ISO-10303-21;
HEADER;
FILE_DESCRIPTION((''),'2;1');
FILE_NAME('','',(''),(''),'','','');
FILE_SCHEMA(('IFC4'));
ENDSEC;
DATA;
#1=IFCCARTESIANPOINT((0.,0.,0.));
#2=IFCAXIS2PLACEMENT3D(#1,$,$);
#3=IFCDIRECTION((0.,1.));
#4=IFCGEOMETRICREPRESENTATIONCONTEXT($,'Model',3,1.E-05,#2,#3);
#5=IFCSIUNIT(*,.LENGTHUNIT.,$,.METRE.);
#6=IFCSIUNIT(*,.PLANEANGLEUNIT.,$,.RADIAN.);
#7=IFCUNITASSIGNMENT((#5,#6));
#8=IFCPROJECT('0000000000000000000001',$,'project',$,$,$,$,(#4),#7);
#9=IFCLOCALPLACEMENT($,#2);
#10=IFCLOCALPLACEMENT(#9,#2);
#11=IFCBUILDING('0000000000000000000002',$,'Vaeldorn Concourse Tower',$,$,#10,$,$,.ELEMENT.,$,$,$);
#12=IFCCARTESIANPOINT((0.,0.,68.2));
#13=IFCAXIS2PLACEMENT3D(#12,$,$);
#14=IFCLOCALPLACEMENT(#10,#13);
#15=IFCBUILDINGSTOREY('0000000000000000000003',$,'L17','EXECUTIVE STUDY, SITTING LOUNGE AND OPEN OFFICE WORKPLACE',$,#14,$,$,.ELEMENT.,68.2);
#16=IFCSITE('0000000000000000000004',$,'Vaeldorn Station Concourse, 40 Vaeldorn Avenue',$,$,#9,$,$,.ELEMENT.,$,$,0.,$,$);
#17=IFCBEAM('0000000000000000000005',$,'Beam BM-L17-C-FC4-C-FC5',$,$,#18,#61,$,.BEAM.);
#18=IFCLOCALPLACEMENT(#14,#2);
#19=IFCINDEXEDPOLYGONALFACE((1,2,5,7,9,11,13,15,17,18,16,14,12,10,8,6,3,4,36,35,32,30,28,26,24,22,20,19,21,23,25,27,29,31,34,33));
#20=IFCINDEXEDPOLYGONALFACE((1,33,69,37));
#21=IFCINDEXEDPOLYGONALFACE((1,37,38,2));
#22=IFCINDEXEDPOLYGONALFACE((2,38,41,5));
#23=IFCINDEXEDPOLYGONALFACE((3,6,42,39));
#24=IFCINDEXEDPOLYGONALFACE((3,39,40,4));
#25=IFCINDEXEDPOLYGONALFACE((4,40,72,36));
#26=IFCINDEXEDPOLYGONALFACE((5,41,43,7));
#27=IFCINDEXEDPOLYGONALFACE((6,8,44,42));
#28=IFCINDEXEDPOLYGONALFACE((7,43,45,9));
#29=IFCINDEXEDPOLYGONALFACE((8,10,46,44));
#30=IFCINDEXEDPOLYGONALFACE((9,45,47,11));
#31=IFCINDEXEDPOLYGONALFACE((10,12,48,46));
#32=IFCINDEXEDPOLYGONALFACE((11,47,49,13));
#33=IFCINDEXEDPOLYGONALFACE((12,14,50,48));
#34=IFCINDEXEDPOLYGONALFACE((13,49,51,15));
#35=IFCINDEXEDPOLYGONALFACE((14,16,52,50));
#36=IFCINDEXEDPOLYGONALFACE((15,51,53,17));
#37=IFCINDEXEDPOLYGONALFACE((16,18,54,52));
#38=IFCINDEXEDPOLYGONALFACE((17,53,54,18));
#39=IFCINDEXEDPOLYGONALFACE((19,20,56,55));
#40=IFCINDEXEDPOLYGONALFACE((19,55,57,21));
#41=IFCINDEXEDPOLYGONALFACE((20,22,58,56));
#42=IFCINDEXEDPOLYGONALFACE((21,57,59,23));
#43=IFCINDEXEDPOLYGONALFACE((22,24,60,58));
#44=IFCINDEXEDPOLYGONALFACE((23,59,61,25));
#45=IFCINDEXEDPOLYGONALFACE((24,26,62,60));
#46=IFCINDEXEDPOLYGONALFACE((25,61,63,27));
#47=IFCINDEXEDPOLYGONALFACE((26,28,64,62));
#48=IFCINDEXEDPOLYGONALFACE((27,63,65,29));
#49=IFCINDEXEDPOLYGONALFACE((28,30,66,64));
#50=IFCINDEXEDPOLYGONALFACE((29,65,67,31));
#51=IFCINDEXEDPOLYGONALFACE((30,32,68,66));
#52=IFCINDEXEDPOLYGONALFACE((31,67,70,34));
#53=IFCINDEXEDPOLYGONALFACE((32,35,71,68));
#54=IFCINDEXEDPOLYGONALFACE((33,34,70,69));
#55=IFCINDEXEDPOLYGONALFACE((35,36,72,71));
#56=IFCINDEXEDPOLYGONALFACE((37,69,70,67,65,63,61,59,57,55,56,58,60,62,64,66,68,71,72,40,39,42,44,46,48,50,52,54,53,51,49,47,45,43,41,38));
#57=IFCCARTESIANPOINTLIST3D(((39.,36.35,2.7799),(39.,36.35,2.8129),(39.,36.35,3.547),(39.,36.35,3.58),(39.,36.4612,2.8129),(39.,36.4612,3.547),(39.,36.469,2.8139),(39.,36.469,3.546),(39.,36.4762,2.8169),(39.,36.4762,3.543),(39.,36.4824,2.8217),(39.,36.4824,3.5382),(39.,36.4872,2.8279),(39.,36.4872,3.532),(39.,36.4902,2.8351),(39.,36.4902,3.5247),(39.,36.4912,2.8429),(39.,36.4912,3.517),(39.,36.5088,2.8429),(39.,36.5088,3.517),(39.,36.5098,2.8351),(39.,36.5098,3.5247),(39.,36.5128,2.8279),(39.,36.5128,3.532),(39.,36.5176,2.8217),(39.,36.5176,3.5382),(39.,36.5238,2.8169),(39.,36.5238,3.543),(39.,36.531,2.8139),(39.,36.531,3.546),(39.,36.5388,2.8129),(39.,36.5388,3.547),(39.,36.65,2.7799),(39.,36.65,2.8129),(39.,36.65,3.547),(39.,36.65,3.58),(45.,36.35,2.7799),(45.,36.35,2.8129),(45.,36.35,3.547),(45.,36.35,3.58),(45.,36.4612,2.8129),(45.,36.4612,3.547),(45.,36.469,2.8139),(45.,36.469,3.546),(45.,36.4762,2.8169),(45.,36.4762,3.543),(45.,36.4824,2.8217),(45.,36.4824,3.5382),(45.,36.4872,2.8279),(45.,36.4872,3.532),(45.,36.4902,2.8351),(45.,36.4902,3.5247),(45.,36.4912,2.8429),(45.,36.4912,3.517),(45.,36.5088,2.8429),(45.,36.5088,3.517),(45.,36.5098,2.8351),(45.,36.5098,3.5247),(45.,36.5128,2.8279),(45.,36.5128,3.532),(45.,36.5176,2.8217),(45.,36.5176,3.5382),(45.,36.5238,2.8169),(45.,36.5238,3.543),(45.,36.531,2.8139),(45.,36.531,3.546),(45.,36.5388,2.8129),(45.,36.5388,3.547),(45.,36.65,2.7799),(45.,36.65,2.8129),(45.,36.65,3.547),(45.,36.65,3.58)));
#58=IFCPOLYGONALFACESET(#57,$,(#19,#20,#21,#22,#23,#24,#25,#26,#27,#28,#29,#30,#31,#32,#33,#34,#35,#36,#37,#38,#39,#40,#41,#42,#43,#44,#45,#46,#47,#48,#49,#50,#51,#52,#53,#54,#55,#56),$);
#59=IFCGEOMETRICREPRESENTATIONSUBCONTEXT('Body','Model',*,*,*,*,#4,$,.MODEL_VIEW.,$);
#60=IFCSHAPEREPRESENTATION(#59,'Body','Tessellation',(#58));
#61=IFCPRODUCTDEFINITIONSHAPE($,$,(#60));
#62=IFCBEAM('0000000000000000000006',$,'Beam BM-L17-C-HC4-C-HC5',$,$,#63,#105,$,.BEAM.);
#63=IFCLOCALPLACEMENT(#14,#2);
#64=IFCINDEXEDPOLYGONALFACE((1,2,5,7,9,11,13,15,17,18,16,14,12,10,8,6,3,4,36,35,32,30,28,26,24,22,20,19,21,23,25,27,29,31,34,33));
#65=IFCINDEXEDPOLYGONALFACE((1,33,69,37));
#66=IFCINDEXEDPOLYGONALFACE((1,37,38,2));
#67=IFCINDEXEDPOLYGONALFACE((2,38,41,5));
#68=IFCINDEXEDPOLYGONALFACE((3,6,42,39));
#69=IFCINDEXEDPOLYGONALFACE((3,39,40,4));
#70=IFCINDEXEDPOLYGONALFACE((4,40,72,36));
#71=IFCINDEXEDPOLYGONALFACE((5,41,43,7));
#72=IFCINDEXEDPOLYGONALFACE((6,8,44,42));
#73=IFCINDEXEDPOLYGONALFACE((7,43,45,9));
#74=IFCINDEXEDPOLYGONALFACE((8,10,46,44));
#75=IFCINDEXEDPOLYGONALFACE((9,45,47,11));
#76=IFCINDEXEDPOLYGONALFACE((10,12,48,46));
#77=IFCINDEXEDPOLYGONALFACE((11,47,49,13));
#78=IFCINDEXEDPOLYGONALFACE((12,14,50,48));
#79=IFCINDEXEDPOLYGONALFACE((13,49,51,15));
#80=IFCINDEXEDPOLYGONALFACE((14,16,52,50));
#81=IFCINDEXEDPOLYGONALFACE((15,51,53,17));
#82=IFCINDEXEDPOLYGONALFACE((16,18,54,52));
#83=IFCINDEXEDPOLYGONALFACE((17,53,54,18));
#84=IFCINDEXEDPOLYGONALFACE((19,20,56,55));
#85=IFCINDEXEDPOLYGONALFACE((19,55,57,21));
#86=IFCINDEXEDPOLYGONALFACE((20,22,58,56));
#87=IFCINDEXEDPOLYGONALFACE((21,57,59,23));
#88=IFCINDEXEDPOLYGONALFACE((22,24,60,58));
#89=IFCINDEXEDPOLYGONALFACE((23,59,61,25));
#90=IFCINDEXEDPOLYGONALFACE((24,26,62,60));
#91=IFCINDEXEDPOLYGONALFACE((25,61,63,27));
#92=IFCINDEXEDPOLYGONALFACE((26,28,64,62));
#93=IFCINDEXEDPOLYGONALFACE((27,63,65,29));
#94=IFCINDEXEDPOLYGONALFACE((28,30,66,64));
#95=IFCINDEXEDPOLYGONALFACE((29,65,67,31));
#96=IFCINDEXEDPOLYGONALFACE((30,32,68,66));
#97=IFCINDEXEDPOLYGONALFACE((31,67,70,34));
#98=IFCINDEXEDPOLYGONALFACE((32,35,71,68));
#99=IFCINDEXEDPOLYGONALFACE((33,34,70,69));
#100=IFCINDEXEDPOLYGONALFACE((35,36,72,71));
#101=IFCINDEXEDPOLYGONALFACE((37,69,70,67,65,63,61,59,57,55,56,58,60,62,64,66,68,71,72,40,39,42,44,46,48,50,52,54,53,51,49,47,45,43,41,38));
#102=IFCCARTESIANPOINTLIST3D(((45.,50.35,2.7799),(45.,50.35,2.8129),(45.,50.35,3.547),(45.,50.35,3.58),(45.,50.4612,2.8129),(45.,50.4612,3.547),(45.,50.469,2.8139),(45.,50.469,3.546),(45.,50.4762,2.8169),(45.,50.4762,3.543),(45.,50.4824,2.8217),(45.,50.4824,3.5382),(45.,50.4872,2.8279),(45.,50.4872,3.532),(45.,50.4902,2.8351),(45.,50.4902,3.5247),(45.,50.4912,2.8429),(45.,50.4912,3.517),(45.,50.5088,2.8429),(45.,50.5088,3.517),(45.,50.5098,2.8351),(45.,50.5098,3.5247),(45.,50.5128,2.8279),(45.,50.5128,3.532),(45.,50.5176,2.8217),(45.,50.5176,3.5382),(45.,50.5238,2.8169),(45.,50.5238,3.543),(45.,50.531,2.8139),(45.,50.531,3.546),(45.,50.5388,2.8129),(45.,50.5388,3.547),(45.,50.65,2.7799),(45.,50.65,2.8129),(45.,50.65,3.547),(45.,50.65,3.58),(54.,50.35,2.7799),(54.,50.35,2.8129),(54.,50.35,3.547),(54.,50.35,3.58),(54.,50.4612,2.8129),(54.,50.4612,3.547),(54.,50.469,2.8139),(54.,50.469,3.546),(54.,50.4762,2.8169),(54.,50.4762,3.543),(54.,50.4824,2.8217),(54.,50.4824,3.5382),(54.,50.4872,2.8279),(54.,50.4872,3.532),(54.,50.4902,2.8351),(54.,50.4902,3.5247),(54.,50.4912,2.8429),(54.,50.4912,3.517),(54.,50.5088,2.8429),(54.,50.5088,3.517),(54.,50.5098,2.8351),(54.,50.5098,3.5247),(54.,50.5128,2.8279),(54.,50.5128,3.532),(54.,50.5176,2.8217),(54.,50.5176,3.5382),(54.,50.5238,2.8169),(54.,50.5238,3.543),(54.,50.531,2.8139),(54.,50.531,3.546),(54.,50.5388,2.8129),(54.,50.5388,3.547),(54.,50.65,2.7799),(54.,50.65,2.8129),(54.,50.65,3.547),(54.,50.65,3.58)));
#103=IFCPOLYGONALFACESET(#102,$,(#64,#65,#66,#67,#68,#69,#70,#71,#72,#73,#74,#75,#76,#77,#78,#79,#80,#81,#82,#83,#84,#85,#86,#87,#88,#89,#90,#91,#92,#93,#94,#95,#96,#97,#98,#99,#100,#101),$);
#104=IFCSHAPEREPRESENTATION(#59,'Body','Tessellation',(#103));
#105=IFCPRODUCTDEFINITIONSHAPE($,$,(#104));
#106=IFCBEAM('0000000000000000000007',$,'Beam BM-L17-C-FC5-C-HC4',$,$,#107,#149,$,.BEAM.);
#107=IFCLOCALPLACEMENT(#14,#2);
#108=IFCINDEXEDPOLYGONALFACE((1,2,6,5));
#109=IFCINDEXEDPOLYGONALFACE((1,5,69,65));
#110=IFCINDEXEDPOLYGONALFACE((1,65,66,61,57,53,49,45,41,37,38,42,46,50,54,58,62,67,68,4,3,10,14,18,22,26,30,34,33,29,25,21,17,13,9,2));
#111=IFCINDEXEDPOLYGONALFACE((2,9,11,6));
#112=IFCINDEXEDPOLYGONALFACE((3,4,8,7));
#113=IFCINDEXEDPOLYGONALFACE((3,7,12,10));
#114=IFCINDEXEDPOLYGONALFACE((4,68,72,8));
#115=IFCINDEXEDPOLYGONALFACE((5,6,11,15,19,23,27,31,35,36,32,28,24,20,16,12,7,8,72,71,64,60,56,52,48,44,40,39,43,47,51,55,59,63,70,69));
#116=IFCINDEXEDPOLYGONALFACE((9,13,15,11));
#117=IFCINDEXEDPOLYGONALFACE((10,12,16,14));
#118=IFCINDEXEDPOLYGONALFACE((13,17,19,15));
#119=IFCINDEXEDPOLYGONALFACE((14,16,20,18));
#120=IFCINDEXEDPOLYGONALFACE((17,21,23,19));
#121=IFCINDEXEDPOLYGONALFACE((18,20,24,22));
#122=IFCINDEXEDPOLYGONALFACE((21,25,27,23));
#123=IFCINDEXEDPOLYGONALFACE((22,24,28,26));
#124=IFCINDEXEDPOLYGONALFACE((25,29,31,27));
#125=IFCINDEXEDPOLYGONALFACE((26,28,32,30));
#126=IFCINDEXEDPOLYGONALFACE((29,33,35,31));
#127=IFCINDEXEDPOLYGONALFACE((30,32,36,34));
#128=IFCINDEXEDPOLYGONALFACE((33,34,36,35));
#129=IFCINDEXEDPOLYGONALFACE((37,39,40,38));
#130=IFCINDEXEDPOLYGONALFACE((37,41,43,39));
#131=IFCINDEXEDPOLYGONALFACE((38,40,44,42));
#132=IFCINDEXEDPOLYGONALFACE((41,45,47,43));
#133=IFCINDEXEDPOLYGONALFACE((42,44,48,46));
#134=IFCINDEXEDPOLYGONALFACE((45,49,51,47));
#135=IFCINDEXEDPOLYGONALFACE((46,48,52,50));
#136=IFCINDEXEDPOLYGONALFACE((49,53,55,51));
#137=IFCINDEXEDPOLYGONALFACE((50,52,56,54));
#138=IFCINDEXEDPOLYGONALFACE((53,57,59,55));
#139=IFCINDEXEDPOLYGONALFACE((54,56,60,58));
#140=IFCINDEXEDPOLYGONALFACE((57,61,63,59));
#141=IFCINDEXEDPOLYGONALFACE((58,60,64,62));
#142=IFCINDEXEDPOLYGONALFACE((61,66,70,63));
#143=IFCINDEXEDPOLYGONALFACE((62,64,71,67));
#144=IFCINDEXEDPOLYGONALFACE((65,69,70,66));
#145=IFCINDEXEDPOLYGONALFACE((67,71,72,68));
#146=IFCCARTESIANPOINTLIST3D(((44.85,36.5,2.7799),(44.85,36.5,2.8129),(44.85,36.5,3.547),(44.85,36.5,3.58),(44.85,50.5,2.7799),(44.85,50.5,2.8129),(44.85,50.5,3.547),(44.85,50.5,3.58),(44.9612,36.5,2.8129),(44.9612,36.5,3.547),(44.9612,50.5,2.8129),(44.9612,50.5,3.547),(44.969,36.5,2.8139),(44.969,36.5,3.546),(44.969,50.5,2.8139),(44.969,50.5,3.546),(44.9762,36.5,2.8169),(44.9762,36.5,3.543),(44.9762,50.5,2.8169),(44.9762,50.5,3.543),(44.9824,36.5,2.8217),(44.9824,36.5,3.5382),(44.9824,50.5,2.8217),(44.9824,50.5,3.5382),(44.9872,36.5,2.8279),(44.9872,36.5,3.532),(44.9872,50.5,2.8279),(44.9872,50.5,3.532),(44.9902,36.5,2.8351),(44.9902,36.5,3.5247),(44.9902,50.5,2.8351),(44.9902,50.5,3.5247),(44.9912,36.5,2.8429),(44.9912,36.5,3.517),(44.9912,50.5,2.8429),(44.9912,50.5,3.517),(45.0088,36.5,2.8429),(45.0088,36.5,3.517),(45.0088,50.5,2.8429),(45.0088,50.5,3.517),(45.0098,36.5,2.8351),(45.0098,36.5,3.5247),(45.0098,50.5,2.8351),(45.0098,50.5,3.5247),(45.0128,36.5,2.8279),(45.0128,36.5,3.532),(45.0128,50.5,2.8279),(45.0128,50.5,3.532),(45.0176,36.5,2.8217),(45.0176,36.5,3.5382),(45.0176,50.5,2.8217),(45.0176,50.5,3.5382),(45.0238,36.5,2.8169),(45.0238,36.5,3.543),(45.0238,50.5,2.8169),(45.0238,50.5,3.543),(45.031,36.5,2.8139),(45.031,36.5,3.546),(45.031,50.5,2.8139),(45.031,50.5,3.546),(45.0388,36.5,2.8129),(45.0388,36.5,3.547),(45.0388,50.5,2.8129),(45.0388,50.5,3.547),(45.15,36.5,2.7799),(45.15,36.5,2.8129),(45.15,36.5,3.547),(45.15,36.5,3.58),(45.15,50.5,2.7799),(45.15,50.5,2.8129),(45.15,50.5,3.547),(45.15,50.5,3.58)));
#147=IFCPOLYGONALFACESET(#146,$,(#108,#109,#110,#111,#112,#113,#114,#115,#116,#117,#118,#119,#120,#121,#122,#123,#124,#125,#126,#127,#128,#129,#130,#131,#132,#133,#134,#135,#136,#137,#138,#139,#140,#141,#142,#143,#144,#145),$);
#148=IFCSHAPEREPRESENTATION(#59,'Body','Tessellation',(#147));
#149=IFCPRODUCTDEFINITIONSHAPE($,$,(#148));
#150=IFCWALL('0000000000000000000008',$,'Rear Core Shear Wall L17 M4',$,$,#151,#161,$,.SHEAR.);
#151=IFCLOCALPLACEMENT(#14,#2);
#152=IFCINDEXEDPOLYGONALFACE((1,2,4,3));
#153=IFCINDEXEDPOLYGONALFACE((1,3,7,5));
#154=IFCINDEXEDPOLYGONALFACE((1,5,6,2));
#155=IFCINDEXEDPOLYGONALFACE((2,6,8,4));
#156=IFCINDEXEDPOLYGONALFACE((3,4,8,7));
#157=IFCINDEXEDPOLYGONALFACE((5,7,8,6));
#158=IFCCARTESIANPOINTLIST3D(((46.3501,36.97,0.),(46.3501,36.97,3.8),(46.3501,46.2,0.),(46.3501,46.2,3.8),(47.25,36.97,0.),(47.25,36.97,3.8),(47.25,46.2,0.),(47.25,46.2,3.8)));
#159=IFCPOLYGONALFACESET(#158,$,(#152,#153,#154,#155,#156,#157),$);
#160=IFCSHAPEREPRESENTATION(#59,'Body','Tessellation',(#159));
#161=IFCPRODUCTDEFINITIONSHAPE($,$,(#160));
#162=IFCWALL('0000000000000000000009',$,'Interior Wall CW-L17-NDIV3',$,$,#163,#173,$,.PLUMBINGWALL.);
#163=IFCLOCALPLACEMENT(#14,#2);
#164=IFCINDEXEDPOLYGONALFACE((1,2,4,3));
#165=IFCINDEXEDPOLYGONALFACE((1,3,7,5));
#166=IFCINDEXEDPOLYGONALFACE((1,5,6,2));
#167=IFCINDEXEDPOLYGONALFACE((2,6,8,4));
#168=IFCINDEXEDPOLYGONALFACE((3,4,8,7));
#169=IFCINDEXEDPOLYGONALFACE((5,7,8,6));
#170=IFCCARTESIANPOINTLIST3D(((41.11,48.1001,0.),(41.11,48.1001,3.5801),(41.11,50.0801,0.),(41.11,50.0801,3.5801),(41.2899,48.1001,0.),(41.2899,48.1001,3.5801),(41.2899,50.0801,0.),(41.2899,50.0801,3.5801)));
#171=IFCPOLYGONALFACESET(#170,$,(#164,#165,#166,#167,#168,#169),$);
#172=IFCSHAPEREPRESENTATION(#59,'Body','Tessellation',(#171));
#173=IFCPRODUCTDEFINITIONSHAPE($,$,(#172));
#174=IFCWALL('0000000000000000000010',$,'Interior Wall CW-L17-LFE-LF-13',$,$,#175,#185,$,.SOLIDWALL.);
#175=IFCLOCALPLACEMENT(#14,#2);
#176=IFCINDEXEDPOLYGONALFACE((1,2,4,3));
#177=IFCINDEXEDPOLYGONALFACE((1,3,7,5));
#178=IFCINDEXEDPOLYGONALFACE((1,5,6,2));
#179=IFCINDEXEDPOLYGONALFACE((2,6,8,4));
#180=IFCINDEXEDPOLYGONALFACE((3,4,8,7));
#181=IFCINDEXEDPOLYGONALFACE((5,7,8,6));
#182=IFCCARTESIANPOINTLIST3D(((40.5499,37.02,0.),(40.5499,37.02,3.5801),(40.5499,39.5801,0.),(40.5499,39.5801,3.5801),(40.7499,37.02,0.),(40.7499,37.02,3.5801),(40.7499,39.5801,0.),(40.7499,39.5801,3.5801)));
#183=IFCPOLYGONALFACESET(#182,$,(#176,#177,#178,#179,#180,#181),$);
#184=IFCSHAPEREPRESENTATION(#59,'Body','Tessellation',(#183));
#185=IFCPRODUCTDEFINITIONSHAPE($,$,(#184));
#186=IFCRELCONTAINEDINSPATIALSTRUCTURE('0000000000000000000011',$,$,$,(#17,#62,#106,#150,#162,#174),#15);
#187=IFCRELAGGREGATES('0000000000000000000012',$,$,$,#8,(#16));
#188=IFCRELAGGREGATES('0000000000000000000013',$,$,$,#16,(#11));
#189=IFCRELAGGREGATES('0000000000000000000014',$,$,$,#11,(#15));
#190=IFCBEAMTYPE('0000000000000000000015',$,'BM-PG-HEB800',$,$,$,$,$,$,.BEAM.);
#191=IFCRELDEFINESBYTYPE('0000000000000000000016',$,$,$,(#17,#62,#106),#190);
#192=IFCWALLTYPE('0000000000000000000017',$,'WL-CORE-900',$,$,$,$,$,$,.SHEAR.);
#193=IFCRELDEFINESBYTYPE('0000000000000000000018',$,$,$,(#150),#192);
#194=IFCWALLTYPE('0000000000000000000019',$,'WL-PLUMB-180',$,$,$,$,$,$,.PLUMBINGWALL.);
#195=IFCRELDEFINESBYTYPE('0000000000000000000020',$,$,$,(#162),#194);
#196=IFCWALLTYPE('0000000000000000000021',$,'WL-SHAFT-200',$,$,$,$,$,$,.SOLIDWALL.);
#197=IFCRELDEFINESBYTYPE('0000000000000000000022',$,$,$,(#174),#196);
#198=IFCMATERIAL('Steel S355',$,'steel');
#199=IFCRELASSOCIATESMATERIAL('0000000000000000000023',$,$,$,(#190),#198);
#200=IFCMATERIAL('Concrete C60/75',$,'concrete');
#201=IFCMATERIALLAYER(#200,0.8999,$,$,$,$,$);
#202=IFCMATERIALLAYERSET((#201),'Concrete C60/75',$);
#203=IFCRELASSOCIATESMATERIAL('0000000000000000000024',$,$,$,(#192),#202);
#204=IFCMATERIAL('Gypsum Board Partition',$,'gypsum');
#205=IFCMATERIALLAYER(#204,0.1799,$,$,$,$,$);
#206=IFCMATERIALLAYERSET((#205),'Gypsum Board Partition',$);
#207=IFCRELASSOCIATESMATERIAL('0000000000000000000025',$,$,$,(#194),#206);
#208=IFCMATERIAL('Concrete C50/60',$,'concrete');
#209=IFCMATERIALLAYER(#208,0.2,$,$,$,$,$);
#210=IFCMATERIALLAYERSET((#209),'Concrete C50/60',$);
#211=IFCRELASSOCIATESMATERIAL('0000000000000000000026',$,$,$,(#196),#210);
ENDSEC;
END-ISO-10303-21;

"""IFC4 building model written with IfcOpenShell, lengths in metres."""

from ifc_helpers import new_model, si_unit, direction, frame, frame_2d, origin, origin_2d, place, context, subcontext, project, spatial, rectangle, i_section, extrude, source, transform, mapped, material, layer, layer_set, material_profile, profile_set, type_object, element, save


model = new_model("IFC4")

# Units and contexts
model_context = context("Model", 3, precision=1e-05, world=origin(), true_north=direction((0.0, 1.0)))
body_context = subcontext(model_context, "Body", "Model", "MODEL_VIEW")
ifc_project = project(units=[si_unit("LENGTHUNIT", "METRE"), si_unit("PLANEANGLEUNIT", "RADIAN")], contexts=[model_context])

# Site, building, storey
site_placement = place(None, origin())
site = spatial("IfcSite", under=ifc_project, at=site_placement, Name="Vaeldorn Station Concourse, 40 Vaeldorn Avenue", CompositionType="ELEMENT", RefElevation=0.0)
building_placement = place(site_placement, origin())
building = spatial("IfcBuilding", under=site, at=building_placement, Name="Vaeldorn Concourse Tower", CompositionType="ELEMENT")
storey_placement = place(building_placement, frame((0.0, 0.0, 68.2)))
storey = spatial("IfcBuildingStorey", under=building, at=storey_placement, Name="L17", Description="EXECUTIVE STUDY, SITTING LOUNGE AND OPEN OFFICE WORKPLACE", CompositionType="ELEMENT", Elevation=68.2)

# Beams
ifc_material_1 = material(Name="Concrete C60/75", Category="concrete")
ifc_material_2 = material(Name="Steel S355", Category="steel")
ifc_material_profile_1 = material_profile(ifc_material_2, i_section(OverallWidth=0.3, OverallDepth=0.8, WebThickness=0.0176, FlangeThickness=0.033, FilletRadius=0.03, at=origin_2d()), Name="HEB 800")
ifc_profile_set_1 = profile_set([ifc_material_profile_1], Name="Steel S355")
beam_type_1 = type_object("IfcBeamType", Name="BM-PG-HEB800", PredefinedType="BEAM", material=ifc_profile_set_1)
shared_shape_1 = source(origin(), body_context, "Body", "SweptSolid", [
    extrude(i_section(OverallWidth=0.3, OverallDepth=0.8, WebThickness=0.0176, FlangeThickness=0.033, FilletRadius=0.03, at=origin_2d()), origin(), (0.0, 0.0, 1.0), 6.0),
])
beam_1_placement = place(storey_placement, frame((39.0, 36.5, 3.1799), z_axis=(1.0, 0.0, 0.0), x_axis=(0.0, 1.0, 0.0)))
element("IfcBeam", 1, at=beam_1_placement, inside=storey, type_object=beam_type_1, Name="Beam BM-L17-C-FC4-C-FC5", PredefinedType="BEAM", context=body_context, shape_type="MappedRepresentation", body=[
    mapped(shared_shape_1, transform((0.0, 0.0, 0.0), scale=1.0)),
])
shared_shape_2 = source(origin(), body_context, "Body", "SweptSolid", [
    extrude(i_section(OverallWidth=0.3, OverallDepth=0.8, WebThickness=0.0176, FlangeThickness=0.033, FilletRadius=0.03, at=origin_2d()), origin(), (0.0, 0.0, 1.0), 9.0),
])
beam_2_placement = place(storey_placement, frame((45.0, 50.5, 3.1799), z_axis=(1.0, 0.0, 0.0), x_axis=(0.0, 1.0, 0.0)))
element("IfcBeam", 2, at=beam_2_placement, inside=storey, type_object=beam_type_1, Name="Beam BM-L17-C-HC4-C-HC5", PredefinedType="BEAM", context=body_context, shape_type="MappedRepresentation", body=[
    mapped(shared_shape_2, transform((0.0, 0.0, 0.0), scale=1.0)),
])
shared_shape_3 = source(origin(), body_context, "Body", "SweptSolid", [
    extrude(i_section(OverallWidth=0.3, OverallDepth=0.8, WebThickness=0.0176, FlangeThickness=0.033, FilletRadius=0.03, at=origin_2d()), origin(), (0.0, 0.0, 1.0), 14.0),
])
beam_3_placement = place(storey_placement, frame((45.0, 36.5, 3.1799), z_axis=(0.0, 1.0, 0.0), x_axis=(-1.0, 0.0, 0.0)))
element("IfcBeam", 3, at=beam_3_placement, inside=storey, type_object=beam_type_1, Name="Beam BM-L17-C-FC5-C-HC4", PredefinedType="BEAM", context=body_context, shape_type="MappedRepresentation", body=[
    mapped(shared_shape_3, transform((0.0, 0.0, 0.0), scale=1.0)),
])

# Walls
ifc_layer_1 = layer(ifc_material_1, 0.8999)
ifc_layer_set_1 = layer_set([ifc_layer_1], Name="Concrete C60/75")
wall_type_1 = type_object("IfcWallType", Name="WL-CORE-900", PredefinedType="SHEAR", material=ifc_layer_set_1)
wall_1_placement = place(storey_placement, frame((46.8, 36.97, 0.0), z_axis=(0.0, 0.0, 1.0), x_axis=(0.0, 1.0, 0.0)))
element("IfcWall", 4, at=wall_1_placement, inside=storey, type_object=wall_type_1, Name="Rear Core Shear Wall L17 M4", PredefinedType="SHEAR", context=body_context, shape_type="SweptSolid", body=[
    extrude(rectangle(XDim=9.23, YDim=0.8999, at=frame_2d((4.615, 0.0))), origin(), (0.0, 0.0, 1.0), 3.8),
])
ifc_material_3 = material(Name="Gypsum Board Partition", Category="gypsum")
ifc_layer_2 = layer(ifc_material_3, 0.1799)
ifc_layer_set_2 = layer_set([ifc_layer_2], Name="Gypsum Board Partition")
wall_type_2 = type_object("IfcWallType", Name="WL-PLUMB-180", PredefinedType="PLUMBINGWALL", material=ifc_layer_set_2)
wall_2_placement = place(storey_placement, frame((41.2, 48.1001, 0.0), z_axis=(0.0, 0.0, 1.0), x_axis=(0.0, 1.0, 0.0)))
element("IfcWall", 5, at=wall_2_placement, inside=storey, type_object=wall_type_2, Name="Interior Wall CW-L17-NDIV3", PredefinedType="PLUMBINGWALL", context=body_context, shape_type="SweptSolid", body=[
    extrude(rectangle(XDim=1.98, YDim=0.1799, at=frame_2d((0.99, 0.0))), origin(), (0.0, 0.0, 1.0), 3.5801),
])

# Shared definitions
ifc_material_4 = material(Name="Concrete C50/60", Category="concrete")
ifc_layer_3 = layer(ifc_material_4, 0.2)
ifc_layer_set_3 = layer_set([ifc_layer_3], Name="Concrete C50/60")
wall_type_3 = type_object("IfcWallType", Name="WL-SHAFT-200", PredefinedType="SOLIDWALL", material=ifc_layer_set_3)

# Wall
wall_3_placement = place(storey_placement, frame((40.6499, 37.02, 0.0), z_axis=(0.0, 0.0, 1.0), x_axis=(0.0, 1.0, 0.0)))
element("IfcWall", 6, at=wall_3_placement, inside=storey, type_object=wall_type_3, Name="Interior Wall CW-L17-LFE-LF-13", PredefinedType="SOLIDWALL", context=body_context, shape_type="SweptSolid", body=[
    extrude(rectangle(XDim=2.5601, YDim=0.2, at=frame_2d((1.28, 0.0))), origin(), (0.0, 0.0, 1.0), 3.5801),
])

save(model, "model.ifc")
